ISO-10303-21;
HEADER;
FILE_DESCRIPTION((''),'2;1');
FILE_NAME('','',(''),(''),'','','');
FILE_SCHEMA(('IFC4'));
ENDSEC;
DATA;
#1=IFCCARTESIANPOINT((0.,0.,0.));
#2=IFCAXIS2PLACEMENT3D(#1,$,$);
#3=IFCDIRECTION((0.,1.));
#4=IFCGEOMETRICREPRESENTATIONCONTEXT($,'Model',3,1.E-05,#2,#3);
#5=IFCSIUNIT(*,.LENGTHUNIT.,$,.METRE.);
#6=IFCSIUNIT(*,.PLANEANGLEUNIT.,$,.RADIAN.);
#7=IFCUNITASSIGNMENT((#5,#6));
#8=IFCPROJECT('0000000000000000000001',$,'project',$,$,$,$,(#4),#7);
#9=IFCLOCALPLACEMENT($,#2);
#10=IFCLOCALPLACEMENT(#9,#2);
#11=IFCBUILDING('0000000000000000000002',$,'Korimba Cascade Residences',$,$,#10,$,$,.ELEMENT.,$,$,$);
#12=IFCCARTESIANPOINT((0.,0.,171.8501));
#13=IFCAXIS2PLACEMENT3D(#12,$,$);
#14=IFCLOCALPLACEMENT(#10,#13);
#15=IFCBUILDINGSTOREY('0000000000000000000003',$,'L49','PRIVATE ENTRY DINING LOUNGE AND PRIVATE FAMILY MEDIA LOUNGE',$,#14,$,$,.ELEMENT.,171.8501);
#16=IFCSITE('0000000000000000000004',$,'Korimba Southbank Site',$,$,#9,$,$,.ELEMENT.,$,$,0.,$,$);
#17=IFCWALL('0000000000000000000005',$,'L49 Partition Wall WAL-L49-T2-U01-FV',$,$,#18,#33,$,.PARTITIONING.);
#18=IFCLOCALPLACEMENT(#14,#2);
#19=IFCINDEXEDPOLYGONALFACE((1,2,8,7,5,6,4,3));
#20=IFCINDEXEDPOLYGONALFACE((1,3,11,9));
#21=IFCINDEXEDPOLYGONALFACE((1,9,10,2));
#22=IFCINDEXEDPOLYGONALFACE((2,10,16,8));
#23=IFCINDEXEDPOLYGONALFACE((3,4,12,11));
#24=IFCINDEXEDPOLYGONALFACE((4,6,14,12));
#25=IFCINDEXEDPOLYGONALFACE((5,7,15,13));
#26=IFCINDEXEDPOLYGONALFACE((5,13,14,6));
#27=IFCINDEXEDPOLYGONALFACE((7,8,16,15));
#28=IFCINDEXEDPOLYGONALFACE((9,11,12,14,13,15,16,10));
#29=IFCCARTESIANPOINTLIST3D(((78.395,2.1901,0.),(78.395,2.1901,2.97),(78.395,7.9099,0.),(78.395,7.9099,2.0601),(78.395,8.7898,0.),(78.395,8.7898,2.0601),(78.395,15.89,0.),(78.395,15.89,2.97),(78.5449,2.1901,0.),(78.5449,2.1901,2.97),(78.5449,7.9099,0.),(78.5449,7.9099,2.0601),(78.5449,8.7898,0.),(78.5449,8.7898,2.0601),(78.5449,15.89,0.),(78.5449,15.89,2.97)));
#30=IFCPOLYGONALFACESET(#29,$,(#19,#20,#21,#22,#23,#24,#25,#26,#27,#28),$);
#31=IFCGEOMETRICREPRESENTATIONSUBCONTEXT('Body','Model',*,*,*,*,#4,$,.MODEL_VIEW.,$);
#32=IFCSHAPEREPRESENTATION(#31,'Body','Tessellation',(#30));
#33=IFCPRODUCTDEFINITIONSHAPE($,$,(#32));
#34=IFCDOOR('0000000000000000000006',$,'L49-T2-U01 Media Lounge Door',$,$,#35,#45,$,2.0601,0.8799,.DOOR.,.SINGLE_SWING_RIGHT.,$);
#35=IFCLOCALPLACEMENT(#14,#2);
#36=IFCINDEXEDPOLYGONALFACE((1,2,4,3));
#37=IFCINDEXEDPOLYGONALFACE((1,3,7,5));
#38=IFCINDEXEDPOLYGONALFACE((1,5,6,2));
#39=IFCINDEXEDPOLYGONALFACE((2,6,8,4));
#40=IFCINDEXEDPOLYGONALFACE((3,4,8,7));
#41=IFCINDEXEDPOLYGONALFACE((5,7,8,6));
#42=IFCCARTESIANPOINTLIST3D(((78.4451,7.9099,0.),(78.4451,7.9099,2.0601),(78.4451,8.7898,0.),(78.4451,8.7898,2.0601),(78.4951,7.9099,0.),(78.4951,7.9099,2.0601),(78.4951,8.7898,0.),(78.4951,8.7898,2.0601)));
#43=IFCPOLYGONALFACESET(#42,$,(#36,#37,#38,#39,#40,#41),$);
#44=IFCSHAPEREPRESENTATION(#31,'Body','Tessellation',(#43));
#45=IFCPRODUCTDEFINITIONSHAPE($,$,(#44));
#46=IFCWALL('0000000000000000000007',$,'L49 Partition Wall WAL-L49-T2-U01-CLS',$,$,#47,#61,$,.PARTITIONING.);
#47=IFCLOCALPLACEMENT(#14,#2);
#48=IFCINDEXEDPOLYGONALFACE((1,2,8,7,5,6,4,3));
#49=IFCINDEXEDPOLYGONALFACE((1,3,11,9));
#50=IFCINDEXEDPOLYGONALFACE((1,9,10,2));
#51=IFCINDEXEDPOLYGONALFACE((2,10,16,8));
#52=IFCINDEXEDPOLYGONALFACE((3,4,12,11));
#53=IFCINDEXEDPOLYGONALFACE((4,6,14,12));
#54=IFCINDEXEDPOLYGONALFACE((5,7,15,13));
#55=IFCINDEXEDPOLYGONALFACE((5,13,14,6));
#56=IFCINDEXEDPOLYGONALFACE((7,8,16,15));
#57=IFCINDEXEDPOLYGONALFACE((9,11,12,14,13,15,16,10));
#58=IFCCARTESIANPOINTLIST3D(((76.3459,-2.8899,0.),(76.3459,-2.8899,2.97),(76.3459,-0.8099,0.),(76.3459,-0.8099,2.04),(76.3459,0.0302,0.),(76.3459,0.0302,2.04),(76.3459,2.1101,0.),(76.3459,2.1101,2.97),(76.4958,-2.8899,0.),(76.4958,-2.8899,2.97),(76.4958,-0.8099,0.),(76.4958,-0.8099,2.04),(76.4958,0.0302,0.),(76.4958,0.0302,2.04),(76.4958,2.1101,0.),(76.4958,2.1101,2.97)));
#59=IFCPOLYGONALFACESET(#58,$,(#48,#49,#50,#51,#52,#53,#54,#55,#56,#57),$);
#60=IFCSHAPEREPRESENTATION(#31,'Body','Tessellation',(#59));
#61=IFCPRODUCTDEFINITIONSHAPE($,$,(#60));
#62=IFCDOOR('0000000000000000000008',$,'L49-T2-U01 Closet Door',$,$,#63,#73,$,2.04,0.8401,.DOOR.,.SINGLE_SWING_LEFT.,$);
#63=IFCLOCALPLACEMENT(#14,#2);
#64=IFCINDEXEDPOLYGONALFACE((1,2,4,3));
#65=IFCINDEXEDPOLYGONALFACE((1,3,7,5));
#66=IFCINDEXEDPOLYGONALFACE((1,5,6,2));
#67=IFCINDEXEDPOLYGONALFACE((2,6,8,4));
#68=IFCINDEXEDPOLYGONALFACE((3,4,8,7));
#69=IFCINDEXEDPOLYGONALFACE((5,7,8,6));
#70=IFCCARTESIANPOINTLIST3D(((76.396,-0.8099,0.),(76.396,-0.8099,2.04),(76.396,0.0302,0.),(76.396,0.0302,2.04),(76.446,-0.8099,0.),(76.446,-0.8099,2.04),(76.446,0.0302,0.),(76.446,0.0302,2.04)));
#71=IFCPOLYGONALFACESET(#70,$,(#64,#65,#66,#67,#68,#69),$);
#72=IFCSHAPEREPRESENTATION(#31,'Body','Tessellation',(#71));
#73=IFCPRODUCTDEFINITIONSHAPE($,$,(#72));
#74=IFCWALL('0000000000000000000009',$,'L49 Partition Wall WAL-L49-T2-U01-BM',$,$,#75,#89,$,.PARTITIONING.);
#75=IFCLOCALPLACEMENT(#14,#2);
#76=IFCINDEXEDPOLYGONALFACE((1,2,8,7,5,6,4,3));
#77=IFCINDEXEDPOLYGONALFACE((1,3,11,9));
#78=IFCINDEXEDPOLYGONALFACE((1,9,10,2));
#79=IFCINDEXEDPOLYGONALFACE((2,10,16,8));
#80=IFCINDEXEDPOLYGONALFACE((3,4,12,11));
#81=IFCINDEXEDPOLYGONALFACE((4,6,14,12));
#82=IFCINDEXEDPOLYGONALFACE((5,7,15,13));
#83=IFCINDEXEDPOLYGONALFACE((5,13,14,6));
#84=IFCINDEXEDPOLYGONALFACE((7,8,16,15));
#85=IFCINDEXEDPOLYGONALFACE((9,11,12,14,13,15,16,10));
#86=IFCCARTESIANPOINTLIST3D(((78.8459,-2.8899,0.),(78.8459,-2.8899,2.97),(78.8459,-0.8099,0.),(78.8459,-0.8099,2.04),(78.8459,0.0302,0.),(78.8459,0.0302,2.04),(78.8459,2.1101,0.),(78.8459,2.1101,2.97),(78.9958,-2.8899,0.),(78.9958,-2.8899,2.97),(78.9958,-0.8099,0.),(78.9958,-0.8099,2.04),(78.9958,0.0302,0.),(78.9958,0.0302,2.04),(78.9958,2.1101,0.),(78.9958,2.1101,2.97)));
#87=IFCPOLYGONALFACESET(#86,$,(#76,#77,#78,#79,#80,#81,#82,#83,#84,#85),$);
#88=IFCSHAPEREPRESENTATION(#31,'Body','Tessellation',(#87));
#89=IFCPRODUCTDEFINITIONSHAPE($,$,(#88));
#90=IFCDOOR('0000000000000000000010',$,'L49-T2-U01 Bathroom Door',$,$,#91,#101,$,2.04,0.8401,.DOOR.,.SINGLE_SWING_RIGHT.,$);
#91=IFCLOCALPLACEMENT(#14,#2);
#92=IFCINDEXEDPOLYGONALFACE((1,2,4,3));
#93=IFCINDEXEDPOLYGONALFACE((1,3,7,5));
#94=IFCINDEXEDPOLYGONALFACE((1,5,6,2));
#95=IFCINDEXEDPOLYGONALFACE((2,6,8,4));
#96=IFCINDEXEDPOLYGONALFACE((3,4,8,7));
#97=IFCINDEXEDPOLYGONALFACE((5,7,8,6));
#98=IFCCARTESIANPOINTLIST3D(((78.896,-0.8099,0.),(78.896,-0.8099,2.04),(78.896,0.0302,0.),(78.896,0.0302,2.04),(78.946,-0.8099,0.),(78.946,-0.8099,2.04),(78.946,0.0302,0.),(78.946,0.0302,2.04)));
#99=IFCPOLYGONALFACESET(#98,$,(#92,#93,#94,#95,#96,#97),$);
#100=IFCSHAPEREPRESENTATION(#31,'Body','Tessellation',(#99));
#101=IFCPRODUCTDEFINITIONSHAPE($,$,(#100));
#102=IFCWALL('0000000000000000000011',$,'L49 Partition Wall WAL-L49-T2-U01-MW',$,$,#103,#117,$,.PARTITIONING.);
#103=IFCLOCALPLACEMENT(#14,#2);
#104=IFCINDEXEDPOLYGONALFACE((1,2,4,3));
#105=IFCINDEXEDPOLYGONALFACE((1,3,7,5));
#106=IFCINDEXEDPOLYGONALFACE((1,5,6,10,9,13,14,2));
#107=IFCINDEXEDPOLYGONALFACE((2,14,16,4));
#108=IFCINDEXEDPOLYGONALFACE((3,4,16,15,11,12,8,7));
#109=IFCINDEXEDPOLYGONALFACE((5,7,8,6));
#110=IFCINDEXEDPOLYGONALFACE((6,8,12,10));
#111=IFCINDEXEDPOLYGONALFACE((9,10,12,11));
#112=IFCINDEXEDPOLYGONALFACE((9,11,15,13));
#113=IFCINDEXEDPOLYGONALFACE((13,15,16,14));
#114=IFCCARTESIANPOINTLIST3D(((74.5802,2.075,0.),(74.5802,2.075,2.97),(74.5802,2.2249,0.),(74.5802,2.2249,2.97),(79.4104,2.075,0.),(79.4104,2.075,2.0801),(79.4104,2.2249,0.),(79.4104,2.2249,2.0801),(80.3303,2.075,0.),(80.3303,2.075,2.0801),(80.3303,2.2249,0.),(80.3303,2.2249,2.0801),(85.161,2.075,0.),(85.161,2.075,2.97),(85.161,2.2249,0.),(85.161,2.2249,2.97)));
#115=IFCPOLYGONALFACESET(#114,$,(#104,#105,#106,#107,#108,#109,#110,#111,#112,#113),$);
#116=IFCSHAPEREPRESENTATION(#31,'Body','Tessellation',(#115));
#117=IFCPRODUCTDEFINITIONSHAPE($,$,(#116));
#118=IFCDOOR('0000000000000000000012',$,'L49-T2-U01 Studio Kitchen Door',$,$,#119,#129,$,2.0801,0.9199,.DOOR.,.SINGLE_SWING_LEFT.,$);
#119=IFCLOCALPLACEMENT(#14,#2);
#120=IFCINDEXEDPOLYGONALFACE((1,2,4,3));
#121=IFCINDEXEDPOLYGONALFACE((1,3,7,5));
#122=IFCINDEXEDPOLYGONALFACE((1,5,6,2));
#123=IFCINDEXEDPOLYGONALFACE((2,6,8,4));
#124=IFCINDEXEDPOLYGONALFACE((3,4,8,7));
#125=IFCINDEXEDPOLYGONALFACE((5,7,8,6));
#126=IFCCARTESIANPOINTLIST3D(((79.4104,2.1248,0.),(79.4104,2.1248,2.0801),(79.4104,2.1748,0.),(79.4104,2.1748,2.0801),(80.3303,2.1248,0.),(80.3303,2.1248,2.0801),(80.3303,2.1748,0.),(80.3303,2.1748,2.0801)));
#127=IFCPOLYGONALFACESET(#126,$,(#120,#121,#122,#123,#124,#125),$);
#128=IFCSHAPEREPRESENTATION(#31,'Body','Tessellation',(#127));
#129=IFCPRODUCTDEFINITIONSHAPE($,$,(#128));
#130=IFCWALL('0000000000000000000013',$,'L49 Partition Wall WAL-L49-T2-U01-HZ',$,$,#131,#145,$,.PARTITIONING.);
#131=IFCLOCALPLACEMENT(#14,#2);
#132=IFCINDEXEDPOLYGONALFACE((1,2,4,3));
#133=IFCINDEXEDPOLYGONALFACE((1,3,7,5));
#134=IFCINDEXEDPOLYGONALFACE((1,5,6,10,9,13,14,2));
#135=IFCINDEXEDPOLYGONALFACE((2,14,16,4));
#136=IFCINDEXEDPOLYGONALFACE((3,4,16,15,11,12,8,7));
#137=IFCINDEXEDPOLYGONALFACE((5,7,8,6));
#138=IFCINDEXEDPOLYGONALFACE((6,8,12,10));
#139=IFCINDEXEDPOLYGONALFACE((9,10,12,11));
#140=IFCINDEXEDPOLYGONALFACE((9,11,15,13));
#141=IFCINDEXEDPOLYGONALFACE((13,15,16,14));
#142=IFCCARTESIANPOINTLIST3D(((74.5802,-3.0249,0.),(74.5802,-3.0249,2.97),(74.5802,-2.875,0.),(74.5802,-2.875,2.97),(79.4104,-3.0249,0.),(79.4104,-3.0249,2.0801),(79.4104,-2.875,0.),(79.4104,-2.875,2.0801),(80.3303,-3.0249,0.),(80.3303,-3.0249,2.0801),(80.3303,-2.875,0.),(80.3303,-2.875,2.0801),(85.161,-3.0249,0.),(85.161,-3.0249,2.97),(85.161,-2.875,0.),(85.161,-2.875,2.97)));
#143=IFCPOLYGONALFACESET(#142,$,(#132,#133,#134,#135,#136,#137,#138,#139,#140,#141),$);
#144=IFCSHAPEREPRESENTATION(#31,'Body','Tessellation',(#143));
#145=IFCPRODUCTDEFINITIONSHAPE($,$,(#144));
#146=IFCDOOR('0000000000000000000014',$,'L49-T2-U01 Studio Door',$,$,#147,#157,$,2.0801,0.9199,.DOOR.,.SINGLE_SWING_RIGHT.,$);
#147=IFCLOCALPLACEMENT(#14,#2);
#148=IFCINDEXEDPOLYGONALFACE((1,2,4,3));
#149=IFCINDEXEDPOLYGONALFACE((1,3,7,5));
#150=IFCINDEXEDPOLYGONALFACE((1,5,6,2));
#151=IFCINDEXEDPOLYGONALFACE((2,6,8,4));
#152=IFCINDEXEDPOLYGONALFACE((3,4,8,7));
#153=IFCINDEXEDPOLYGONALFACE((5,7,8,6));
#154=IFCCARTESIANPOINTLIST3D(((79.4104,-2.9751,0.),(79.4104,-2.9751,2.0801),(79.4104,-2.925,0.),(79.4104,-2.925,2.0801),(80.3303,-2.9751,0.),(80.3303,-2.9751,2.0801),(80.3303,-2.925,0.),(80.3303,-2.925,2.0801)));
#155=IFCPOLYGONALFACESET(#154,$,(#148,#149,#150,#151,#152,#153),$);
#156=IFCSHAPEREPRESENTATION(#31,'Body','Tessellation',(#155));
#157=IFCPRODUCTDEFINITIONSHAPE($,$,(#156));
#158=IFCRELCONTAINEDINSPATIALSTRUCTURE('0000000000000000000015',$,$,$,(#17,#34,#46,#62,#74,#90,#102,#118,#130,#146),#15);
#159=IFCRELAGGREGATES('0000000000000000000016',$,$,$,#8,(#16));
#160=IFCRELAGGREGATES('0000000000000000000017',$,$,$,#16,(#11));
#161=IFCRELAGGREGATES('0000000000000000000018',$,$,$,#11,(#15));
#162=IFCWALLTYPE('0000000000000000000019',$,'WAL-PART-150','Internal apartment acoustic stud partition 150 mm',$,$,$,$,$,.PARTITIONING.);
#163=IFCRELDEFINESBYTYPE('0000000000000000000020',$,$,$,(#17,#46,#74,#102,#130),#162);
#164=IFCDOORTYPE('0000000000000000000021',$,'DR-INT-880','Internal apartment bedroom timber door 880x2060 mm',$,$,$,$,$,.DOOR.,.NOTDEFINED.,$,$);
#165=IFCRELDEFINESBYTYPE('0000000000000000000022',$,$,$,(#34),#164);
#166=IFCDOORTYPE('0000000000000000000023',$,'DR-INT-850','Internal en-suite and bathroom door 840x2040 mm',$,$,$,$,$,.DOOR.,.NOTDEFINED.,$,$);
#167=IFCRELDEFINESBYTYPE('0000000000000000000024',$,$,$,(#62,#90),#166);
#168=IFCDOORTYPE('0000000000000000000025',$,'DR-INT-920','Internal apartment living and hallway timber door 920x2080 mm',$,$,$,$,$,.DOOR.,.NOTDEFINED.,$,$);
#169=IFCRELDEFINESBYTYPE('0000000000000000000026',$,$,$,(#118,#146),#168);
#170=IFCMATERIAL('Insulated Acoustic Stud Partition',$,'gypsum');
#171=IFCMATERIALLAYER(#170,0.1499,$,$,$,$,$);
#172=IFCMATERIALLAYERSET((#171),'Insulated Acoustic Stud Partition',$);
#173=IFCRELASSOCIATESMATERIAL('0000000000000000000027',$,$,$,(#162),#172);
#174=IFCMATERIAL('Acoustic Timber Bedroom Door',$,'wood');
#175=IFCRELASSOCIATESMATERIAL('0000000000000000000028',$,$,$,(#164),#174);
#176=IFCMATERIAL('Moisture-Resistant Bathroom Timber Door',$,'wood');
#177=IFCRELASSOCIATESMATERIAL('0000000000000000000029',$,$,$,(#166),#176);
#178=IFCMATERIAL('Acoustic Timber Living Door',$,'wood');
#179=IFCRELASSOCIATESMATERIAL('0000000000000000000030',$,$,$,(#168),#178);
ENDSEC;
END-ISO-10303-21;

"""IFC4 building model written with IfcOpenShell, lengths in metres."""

from ifc_helpers import new_model, si_unit, direction, frame, frame_2d, origin, place, context, subcontext, project, spatial, rectangle, extrude, material, layer, layer_set, type_object, element, fill, save


model = new_model("IFC4")

# Units and contexts
model_context = context("Model", 3, precision=1e-05, world=origin(), true_north=direction((0.0, 1.0)))
body_context = subcontext(model_context, "Body", "Model", "MODEL_VIEW")
ifc_project = project(units=[si_unit("LENGTHUNIT", "METRE"), si_unit("PLANEANGLEUNIT", "RADIAN")], contexts=[model_context])

# Site, building, storey
site_placement = place(None, origin())
site = spatial("IfcSite", under=ifc_project, at=site_placement, Name="Korimba Southbank Site", CompositionType="ELEMENT", RefElevation=0.0)
building_placement = place(site_placement, origin())
building = spatial("IfcBuilding", under=site, at=building_placement, Name="Korimba Cascade Residences", CompositionType="ELEMENT")
storey_placement = place(building_placement, frame((0.0, 0.0, 171.8501)))
storey = spatial("IfcBuildingStorey", under=building, at=storey_placement, Name="L49", Description="PRIVATE ENTRY DINING LOUNGE AND PRIVATE FAMILY MEDIA LOUNGE", CompositionType="ELEMENT", Elevation=171.8501)

# Walls, openings, doors
ifc_material_1 = material(Name="Insulated Acoustic Stud Partition", Category="gypsum")
ifc_layer_1 = layer(ifc_material_1, 0.1499)
ifc_layer_set_1 = layer_set([ifc_layer_1], Name="Insulated Acoustic Stud Partition")
wall_type_1 = type_object("IfcWallType", Name="WAL-PART-150", Description="Internal apartment acoustic stud partition 150 mm", PredefinedType="PARTITIONING", material=ifc_layer_set_1)
ifc_material_2 = material(Name="Acoustic Timber Bedroom Door", Category="wood")
door_type_1 = type_object("IfcDoorType", Name="DR-INT-880", Description="Internal apartment bedroom timber door 880x2060 mm", OperationType="NOTDEFINED", PredefinedType="DOOR", material=ifc_material_2)
wall_1_placement = place(storey_placement, frame((78.47, 2.1899, 0.0), z_axis=(0.0, 0.0, 1.0), x_axis=(0.0, 1.0, 0.0)))
wall_1 = element("IfcWall", 1, at=wall_1_placement, inside=storey, type_object=wall_type_1, Name="L49 Partition Wall WAL-L49-T2-U01-FV", PredefinedType="PARTITIONING", context=body_context, shape_type="SweptSolid", body=[
    extrude(rectangle(XDim=13.7, YDim=0.1499, at=frame_2d((6.8501, 0.0))), origin(), (0.0, 0.0, 1.0), 2.97),
])
opening_1_placement = place(wall_1_placement, frame((5.72, 0.0, 0.0)))
opening_1 = element("IfcOpeningElement", 2, at=opening_1_placement, cuts=wall_1, PredefinedType="OPENING", context=body_context, shape_type="SweptSolid", body=[
    extrude(rectangle(XDim=0.8799, YDim=2.0601, at=frame_2d((0.4399, 1.03))), frame((0.0, 0.085, 0.0), z_axis=(0.0, -1.0, 0.0), x_axis=(1.0, 0.0, 0.0)), (0.0, 0.0, 1.0), 0.1699),
])
door_1_placement = place(opening_1_placement, origin())
door_1 = element("IfcDoor", 3, at=door_1_placement, inside=storey, type_object=door_type_1, Name="L49-T2-U01 Media Lounge Door", OperationType="SINGLE_SWING_RIGHT", OverallHeight=2.0601, OverallWidth=0.8799, PredefinedType="DOOR", context=body_context, shape_type="SweptSolid", body=[
    extrude(rectangle(XDim=0.8799, YDim=2.0601, at=frame_2d((0.4399, 1.03))), frame((0.0, 0.0249, 0.0), z_axis=(0.0, -1.0, 0.0), x_axis=(1.0, 0.0, 0.0)), (0.0, 0.0, 1.0), 0.05),
])
fill(opening_1, door_1)
wall_2_placement = place(storey_placement, frame((76.4209, -2.8899, 0.0), z_axis=(0.0, 0.0, 1.0), x_axis=(0.0, 1.0, 0.0)))
wall_2 = element("IfcWall", 4, at=wall_2_placement, inside=storey, type_object=wall_type_1, Name="L49 Partition Wall WAL-L49-T2-U01-CLS", PredefinedType="PARTITIONING", context=body_context, shape_type="SweptSolid", body=[
    extrude(rectangle(XDim=5.0, YDim=0.1499, at=frame_2d((2.5, 0.0))), origin(), (0.0, 0.0, 1.0), 2.97),
])
opening_2_placement = place(wall_2_placement, frame((2.0801, 0.0, 0.0)))
opening_2 = element("IfcOpeningElement", 5, at=opening_2_placement, cuts=wall_2, PredefinedType="OPENING", context=body_context, shape_type="SweptSolid", body=[
    extrude(rectangle(XDim=0.8401, YDim=2.04, at=frame_2d((0.4199, 1.02))), frame((0.0, 0.085, 0.0), z_axis=(0.0, -1.0, 0.0), x_axis=(1.0, 0.0, 0.0)), (0.0, 0.0, 1.0), 0.1699),
])
ifc_material_3 = material(Name="Moisture-Resistant Bathroom Timber Door", Category="wood")
door_type_2 = type_object("IfcDoorType", Name="DR-INT-850", Description="Internal en-suite and bathroom door 840x2040 mm", OperationType="NOTDEFINED", PredefinedType="DOOR", material=ifc_material_3)
door_2_placement = place(opening_2_placement, origin())
door_2 = element("IfcDoor", 6, at=door_2_placement, inside=storey, type_object=door_type_2, Name="L49-T2-U01 Closet Door", OperationType="SINGLE_SWING_LEFT", OverallHeight=2.04, OverallWidth=0.8401, PredefinedType="DOOR", context=body_context, shape_type="SweptSolid", body=[
    extrude(rectangle(XDim=0.8401, YDim=2.04, at=frame_2d((0.4199, 1.02))), frame((0.0, 0.0249, 0.0), z_axis=(0.0, -1.0, 0.0), x_axis=(1.0, 0.0, 0.0)), (0.0, 0.0, 1.0), 0.05),
])
fill(opening_2, door_2)
wall_3_placement = place(storey_placement, frame((78.9209, -2.8899, 0.0), z_axis=(0.0, 0.0, 1.0), x_axis=(0.0, 1.0, 0.0)))
wall_3 = element("IfcWall", 7, at=wall_3_placement, inside=storey, type_object=wall_type_1, Name="L49 Partition Wall WAL-L49-T2-U01-BM", PredefinedType="PARTITIONING", context=body_context, shape_type="SweptSolid", body=[
    extrude(rectangle(XDim=5.0, YDim=0.1499, at=frame_2d((2.5, 0.0))), origin(), (0.0, 0.0, 1.0), 2.97),
])
opening_3_placement = place(wall_3_placement, frame((2.0801, 0.0, 0.0)))
opening_3 = element("IfcOpeningElement", 8, at=opening_3_placement, cuts=wall_3, PredefinedType="OPENING", context=body_context, shape_type="SweptSolid", body=[
    extrude(rectangle(XDim=0.8401, YDim=2.04, at=frame_2d((0.4199, 1.02))), frame((0.0, 0.085, 0.0), z_axis=(0.0, -1.0, 0.0), x_axis=(1.0, 0.0, 0.0)), (0.0, 0.0, 1.0), 0.1699),
])
door_3_placement = place(opening_3_placement, origin())
door_3 = element("IfcDoor", 9, at=door_3_placement, inside=storey, type_object=door_type_2, Name="L49-T2-U01 Bathroom Door", OperationType="SINGLE_SWING_RIGHT", OverallHeight=2.04, OverallWidth=0.8401, PredefinedType="DOOR", context=body_context, shape_type="SweptSolid", body=[
    extrude(rectangle(XDim=0.8401, YDim=2.04, at=frame_2d((0.4199, 1.02))), frame((0.0, 0.0249, 0.0), z_axis=(0.0, -1.0, 0.0), x_axis=(1.0, 0.0, 0.0)), (0.0, 0.0, 1.0), 0.05),
])
fill(opening_3, door_3)
wall_4_placement = place(storey_placement, frame((74.5801, 2.1499, 0.0), z_axis=(0.0, 0.0, 1.0), x_axis=(1.0, 0.0, 0.0)))
wall_4 = element("IfcWall", 10, at=wall_4_placement, inside=storey, type_object=wall_type_1, Name="L49 Partition Wall WAL-L49-T2-U01-MW", PredefinedType="PARTITIONING", context=body_context, shape_type="SweptSolid", body=[
    extrude(rectangle(XDim=10.5808, YDim=0.1499, at=frame_2d((5.2905, 0.0))), origin(), (0.0, 0.0, 1.0), 2.97),
])
opening_4_placement = place(wall_4_placement, frame((4.8303, 0.0, 0.0)))
opening_4 = element("IfcOpeningElement", 11, at=opening_4_placement, cuts=wall_4, PredefinedType="OPENING", context=body_context, shape_type="SweptSolid", body=[
    extrude(rectangle(XDim=0.9199, YDim=2.0801, at=frame_2d((0.46, 1.04))), frame((0.0, 0.085, 0.0), z_axis=(0.0, -1.0, 0.0), x_axis=(1.0, 0.0, 0.0)), (0.0, 0.0, 1.0), 0.1699),
])
ifc_material_4 = material(Name="Acoustic Timber Living Door", Category="wood")
door_type_3 = type_object("IfcDoorType", Name="DR-INT-920", Description="Internal apartment living and hallway timber door 920x2080 mm", OperationType="NOTDEFINED", PredefinedType="DOOR", material=ifc_material_4)
door_4_placement = place(opening_4_placement, origin())
door_4 = element("IfcDoor", 12, at=door_4_placement, inside=storey, type_object=door_type_3, Name="L49-T2-U01 Studio Kitchen Door", OperationType="SINGLE_SWING_LEFT", OverallHeight=2.0801, OverallWidth=0.9199, PredefinedType="DOOR", context=body_context, shape_type="SweptSolid", body=[
    extrude(rectangle(XDim=0.9199, YDim=2.0801, at=frame_2d((0.46, 1.04))), frame((0.0, 0.0249, 0.0), z_axis=(0.0, -1.0, 0.0), x_axis=(1.0, 0.0, 0.0)), (0.0, 0.0, 1.0), 0.05),
])
fill(opening_4, door_4)
wall_5_placement = place(storey_placement, frame((74.5801, -2.95, 0.0), z_axis=(0.0, 0.0, 1.0), x_axis=(1.0, 0.0, 0.0)))
wall_5 = element("IfcWall", 13, at=wall_5_placement, inside=storey, type_object=wall_type_1, Name="L49 Partition Wall WAL-L49-T2-U01-HZ", PredefinedType="PARTITIONING", context=body_context, shape_type="SweptSolid", body=[
    extrude(rectangle(XDim=10.5808, YDim=0.1499, at=frame_2d((5.2905, 0.0))), origin(), (0.0, 0.0, 1.0), 2.97),
])
opening_5_placement = place(wall_5_placement, frame((4.8303, 0.0, 0.0)))
opening_5 = element("IfcOpeningElement", 14, at=opening_5_placement, cuts=wall_5, PredefinedType="OPENING", context=body_context, shape_type="SweptSolid", body=[
    extrude(rectangle(XDim=0.9199, YDim=2.0801, at=frame_2d((0.46, 1.04))), frame((0.0, 0.085, 0.0), z_axis=(0.0, -1.0, 0.0), x_axis=(1.0, 0.0, 0.0)), (0.0, 0.0, 1.0), 0.1699),
])
door_5_placement = place(opening_5_placement, origin())
door_5 = element("IfcDoor", 15, at=door_5_placement, inside=storey, type_object=door_type_3, Name="L49-T2-U01 Studio Door", OperationType="SINGLE_SWING_RIGHT", OverallHeight=2.0801, OverallWidth=0.9199, PredefinedType="DOOR", context=body_context, shape_type="SweptSolid", body=[
    extrude(rectangle(XDim=0.9199, YDim=2.0801, at=frame_2d((0.46, 1.04))), frame((0.0, 0.0249, 0.0), z_axis=(0.0, -1.0, 0.0), x_axis=(1.0, 0.0, 0.0)), (0.0, 0.0, 1.0), 0.05),
])
fill(opening_5, door_5)

save(model, "model.ifc")
